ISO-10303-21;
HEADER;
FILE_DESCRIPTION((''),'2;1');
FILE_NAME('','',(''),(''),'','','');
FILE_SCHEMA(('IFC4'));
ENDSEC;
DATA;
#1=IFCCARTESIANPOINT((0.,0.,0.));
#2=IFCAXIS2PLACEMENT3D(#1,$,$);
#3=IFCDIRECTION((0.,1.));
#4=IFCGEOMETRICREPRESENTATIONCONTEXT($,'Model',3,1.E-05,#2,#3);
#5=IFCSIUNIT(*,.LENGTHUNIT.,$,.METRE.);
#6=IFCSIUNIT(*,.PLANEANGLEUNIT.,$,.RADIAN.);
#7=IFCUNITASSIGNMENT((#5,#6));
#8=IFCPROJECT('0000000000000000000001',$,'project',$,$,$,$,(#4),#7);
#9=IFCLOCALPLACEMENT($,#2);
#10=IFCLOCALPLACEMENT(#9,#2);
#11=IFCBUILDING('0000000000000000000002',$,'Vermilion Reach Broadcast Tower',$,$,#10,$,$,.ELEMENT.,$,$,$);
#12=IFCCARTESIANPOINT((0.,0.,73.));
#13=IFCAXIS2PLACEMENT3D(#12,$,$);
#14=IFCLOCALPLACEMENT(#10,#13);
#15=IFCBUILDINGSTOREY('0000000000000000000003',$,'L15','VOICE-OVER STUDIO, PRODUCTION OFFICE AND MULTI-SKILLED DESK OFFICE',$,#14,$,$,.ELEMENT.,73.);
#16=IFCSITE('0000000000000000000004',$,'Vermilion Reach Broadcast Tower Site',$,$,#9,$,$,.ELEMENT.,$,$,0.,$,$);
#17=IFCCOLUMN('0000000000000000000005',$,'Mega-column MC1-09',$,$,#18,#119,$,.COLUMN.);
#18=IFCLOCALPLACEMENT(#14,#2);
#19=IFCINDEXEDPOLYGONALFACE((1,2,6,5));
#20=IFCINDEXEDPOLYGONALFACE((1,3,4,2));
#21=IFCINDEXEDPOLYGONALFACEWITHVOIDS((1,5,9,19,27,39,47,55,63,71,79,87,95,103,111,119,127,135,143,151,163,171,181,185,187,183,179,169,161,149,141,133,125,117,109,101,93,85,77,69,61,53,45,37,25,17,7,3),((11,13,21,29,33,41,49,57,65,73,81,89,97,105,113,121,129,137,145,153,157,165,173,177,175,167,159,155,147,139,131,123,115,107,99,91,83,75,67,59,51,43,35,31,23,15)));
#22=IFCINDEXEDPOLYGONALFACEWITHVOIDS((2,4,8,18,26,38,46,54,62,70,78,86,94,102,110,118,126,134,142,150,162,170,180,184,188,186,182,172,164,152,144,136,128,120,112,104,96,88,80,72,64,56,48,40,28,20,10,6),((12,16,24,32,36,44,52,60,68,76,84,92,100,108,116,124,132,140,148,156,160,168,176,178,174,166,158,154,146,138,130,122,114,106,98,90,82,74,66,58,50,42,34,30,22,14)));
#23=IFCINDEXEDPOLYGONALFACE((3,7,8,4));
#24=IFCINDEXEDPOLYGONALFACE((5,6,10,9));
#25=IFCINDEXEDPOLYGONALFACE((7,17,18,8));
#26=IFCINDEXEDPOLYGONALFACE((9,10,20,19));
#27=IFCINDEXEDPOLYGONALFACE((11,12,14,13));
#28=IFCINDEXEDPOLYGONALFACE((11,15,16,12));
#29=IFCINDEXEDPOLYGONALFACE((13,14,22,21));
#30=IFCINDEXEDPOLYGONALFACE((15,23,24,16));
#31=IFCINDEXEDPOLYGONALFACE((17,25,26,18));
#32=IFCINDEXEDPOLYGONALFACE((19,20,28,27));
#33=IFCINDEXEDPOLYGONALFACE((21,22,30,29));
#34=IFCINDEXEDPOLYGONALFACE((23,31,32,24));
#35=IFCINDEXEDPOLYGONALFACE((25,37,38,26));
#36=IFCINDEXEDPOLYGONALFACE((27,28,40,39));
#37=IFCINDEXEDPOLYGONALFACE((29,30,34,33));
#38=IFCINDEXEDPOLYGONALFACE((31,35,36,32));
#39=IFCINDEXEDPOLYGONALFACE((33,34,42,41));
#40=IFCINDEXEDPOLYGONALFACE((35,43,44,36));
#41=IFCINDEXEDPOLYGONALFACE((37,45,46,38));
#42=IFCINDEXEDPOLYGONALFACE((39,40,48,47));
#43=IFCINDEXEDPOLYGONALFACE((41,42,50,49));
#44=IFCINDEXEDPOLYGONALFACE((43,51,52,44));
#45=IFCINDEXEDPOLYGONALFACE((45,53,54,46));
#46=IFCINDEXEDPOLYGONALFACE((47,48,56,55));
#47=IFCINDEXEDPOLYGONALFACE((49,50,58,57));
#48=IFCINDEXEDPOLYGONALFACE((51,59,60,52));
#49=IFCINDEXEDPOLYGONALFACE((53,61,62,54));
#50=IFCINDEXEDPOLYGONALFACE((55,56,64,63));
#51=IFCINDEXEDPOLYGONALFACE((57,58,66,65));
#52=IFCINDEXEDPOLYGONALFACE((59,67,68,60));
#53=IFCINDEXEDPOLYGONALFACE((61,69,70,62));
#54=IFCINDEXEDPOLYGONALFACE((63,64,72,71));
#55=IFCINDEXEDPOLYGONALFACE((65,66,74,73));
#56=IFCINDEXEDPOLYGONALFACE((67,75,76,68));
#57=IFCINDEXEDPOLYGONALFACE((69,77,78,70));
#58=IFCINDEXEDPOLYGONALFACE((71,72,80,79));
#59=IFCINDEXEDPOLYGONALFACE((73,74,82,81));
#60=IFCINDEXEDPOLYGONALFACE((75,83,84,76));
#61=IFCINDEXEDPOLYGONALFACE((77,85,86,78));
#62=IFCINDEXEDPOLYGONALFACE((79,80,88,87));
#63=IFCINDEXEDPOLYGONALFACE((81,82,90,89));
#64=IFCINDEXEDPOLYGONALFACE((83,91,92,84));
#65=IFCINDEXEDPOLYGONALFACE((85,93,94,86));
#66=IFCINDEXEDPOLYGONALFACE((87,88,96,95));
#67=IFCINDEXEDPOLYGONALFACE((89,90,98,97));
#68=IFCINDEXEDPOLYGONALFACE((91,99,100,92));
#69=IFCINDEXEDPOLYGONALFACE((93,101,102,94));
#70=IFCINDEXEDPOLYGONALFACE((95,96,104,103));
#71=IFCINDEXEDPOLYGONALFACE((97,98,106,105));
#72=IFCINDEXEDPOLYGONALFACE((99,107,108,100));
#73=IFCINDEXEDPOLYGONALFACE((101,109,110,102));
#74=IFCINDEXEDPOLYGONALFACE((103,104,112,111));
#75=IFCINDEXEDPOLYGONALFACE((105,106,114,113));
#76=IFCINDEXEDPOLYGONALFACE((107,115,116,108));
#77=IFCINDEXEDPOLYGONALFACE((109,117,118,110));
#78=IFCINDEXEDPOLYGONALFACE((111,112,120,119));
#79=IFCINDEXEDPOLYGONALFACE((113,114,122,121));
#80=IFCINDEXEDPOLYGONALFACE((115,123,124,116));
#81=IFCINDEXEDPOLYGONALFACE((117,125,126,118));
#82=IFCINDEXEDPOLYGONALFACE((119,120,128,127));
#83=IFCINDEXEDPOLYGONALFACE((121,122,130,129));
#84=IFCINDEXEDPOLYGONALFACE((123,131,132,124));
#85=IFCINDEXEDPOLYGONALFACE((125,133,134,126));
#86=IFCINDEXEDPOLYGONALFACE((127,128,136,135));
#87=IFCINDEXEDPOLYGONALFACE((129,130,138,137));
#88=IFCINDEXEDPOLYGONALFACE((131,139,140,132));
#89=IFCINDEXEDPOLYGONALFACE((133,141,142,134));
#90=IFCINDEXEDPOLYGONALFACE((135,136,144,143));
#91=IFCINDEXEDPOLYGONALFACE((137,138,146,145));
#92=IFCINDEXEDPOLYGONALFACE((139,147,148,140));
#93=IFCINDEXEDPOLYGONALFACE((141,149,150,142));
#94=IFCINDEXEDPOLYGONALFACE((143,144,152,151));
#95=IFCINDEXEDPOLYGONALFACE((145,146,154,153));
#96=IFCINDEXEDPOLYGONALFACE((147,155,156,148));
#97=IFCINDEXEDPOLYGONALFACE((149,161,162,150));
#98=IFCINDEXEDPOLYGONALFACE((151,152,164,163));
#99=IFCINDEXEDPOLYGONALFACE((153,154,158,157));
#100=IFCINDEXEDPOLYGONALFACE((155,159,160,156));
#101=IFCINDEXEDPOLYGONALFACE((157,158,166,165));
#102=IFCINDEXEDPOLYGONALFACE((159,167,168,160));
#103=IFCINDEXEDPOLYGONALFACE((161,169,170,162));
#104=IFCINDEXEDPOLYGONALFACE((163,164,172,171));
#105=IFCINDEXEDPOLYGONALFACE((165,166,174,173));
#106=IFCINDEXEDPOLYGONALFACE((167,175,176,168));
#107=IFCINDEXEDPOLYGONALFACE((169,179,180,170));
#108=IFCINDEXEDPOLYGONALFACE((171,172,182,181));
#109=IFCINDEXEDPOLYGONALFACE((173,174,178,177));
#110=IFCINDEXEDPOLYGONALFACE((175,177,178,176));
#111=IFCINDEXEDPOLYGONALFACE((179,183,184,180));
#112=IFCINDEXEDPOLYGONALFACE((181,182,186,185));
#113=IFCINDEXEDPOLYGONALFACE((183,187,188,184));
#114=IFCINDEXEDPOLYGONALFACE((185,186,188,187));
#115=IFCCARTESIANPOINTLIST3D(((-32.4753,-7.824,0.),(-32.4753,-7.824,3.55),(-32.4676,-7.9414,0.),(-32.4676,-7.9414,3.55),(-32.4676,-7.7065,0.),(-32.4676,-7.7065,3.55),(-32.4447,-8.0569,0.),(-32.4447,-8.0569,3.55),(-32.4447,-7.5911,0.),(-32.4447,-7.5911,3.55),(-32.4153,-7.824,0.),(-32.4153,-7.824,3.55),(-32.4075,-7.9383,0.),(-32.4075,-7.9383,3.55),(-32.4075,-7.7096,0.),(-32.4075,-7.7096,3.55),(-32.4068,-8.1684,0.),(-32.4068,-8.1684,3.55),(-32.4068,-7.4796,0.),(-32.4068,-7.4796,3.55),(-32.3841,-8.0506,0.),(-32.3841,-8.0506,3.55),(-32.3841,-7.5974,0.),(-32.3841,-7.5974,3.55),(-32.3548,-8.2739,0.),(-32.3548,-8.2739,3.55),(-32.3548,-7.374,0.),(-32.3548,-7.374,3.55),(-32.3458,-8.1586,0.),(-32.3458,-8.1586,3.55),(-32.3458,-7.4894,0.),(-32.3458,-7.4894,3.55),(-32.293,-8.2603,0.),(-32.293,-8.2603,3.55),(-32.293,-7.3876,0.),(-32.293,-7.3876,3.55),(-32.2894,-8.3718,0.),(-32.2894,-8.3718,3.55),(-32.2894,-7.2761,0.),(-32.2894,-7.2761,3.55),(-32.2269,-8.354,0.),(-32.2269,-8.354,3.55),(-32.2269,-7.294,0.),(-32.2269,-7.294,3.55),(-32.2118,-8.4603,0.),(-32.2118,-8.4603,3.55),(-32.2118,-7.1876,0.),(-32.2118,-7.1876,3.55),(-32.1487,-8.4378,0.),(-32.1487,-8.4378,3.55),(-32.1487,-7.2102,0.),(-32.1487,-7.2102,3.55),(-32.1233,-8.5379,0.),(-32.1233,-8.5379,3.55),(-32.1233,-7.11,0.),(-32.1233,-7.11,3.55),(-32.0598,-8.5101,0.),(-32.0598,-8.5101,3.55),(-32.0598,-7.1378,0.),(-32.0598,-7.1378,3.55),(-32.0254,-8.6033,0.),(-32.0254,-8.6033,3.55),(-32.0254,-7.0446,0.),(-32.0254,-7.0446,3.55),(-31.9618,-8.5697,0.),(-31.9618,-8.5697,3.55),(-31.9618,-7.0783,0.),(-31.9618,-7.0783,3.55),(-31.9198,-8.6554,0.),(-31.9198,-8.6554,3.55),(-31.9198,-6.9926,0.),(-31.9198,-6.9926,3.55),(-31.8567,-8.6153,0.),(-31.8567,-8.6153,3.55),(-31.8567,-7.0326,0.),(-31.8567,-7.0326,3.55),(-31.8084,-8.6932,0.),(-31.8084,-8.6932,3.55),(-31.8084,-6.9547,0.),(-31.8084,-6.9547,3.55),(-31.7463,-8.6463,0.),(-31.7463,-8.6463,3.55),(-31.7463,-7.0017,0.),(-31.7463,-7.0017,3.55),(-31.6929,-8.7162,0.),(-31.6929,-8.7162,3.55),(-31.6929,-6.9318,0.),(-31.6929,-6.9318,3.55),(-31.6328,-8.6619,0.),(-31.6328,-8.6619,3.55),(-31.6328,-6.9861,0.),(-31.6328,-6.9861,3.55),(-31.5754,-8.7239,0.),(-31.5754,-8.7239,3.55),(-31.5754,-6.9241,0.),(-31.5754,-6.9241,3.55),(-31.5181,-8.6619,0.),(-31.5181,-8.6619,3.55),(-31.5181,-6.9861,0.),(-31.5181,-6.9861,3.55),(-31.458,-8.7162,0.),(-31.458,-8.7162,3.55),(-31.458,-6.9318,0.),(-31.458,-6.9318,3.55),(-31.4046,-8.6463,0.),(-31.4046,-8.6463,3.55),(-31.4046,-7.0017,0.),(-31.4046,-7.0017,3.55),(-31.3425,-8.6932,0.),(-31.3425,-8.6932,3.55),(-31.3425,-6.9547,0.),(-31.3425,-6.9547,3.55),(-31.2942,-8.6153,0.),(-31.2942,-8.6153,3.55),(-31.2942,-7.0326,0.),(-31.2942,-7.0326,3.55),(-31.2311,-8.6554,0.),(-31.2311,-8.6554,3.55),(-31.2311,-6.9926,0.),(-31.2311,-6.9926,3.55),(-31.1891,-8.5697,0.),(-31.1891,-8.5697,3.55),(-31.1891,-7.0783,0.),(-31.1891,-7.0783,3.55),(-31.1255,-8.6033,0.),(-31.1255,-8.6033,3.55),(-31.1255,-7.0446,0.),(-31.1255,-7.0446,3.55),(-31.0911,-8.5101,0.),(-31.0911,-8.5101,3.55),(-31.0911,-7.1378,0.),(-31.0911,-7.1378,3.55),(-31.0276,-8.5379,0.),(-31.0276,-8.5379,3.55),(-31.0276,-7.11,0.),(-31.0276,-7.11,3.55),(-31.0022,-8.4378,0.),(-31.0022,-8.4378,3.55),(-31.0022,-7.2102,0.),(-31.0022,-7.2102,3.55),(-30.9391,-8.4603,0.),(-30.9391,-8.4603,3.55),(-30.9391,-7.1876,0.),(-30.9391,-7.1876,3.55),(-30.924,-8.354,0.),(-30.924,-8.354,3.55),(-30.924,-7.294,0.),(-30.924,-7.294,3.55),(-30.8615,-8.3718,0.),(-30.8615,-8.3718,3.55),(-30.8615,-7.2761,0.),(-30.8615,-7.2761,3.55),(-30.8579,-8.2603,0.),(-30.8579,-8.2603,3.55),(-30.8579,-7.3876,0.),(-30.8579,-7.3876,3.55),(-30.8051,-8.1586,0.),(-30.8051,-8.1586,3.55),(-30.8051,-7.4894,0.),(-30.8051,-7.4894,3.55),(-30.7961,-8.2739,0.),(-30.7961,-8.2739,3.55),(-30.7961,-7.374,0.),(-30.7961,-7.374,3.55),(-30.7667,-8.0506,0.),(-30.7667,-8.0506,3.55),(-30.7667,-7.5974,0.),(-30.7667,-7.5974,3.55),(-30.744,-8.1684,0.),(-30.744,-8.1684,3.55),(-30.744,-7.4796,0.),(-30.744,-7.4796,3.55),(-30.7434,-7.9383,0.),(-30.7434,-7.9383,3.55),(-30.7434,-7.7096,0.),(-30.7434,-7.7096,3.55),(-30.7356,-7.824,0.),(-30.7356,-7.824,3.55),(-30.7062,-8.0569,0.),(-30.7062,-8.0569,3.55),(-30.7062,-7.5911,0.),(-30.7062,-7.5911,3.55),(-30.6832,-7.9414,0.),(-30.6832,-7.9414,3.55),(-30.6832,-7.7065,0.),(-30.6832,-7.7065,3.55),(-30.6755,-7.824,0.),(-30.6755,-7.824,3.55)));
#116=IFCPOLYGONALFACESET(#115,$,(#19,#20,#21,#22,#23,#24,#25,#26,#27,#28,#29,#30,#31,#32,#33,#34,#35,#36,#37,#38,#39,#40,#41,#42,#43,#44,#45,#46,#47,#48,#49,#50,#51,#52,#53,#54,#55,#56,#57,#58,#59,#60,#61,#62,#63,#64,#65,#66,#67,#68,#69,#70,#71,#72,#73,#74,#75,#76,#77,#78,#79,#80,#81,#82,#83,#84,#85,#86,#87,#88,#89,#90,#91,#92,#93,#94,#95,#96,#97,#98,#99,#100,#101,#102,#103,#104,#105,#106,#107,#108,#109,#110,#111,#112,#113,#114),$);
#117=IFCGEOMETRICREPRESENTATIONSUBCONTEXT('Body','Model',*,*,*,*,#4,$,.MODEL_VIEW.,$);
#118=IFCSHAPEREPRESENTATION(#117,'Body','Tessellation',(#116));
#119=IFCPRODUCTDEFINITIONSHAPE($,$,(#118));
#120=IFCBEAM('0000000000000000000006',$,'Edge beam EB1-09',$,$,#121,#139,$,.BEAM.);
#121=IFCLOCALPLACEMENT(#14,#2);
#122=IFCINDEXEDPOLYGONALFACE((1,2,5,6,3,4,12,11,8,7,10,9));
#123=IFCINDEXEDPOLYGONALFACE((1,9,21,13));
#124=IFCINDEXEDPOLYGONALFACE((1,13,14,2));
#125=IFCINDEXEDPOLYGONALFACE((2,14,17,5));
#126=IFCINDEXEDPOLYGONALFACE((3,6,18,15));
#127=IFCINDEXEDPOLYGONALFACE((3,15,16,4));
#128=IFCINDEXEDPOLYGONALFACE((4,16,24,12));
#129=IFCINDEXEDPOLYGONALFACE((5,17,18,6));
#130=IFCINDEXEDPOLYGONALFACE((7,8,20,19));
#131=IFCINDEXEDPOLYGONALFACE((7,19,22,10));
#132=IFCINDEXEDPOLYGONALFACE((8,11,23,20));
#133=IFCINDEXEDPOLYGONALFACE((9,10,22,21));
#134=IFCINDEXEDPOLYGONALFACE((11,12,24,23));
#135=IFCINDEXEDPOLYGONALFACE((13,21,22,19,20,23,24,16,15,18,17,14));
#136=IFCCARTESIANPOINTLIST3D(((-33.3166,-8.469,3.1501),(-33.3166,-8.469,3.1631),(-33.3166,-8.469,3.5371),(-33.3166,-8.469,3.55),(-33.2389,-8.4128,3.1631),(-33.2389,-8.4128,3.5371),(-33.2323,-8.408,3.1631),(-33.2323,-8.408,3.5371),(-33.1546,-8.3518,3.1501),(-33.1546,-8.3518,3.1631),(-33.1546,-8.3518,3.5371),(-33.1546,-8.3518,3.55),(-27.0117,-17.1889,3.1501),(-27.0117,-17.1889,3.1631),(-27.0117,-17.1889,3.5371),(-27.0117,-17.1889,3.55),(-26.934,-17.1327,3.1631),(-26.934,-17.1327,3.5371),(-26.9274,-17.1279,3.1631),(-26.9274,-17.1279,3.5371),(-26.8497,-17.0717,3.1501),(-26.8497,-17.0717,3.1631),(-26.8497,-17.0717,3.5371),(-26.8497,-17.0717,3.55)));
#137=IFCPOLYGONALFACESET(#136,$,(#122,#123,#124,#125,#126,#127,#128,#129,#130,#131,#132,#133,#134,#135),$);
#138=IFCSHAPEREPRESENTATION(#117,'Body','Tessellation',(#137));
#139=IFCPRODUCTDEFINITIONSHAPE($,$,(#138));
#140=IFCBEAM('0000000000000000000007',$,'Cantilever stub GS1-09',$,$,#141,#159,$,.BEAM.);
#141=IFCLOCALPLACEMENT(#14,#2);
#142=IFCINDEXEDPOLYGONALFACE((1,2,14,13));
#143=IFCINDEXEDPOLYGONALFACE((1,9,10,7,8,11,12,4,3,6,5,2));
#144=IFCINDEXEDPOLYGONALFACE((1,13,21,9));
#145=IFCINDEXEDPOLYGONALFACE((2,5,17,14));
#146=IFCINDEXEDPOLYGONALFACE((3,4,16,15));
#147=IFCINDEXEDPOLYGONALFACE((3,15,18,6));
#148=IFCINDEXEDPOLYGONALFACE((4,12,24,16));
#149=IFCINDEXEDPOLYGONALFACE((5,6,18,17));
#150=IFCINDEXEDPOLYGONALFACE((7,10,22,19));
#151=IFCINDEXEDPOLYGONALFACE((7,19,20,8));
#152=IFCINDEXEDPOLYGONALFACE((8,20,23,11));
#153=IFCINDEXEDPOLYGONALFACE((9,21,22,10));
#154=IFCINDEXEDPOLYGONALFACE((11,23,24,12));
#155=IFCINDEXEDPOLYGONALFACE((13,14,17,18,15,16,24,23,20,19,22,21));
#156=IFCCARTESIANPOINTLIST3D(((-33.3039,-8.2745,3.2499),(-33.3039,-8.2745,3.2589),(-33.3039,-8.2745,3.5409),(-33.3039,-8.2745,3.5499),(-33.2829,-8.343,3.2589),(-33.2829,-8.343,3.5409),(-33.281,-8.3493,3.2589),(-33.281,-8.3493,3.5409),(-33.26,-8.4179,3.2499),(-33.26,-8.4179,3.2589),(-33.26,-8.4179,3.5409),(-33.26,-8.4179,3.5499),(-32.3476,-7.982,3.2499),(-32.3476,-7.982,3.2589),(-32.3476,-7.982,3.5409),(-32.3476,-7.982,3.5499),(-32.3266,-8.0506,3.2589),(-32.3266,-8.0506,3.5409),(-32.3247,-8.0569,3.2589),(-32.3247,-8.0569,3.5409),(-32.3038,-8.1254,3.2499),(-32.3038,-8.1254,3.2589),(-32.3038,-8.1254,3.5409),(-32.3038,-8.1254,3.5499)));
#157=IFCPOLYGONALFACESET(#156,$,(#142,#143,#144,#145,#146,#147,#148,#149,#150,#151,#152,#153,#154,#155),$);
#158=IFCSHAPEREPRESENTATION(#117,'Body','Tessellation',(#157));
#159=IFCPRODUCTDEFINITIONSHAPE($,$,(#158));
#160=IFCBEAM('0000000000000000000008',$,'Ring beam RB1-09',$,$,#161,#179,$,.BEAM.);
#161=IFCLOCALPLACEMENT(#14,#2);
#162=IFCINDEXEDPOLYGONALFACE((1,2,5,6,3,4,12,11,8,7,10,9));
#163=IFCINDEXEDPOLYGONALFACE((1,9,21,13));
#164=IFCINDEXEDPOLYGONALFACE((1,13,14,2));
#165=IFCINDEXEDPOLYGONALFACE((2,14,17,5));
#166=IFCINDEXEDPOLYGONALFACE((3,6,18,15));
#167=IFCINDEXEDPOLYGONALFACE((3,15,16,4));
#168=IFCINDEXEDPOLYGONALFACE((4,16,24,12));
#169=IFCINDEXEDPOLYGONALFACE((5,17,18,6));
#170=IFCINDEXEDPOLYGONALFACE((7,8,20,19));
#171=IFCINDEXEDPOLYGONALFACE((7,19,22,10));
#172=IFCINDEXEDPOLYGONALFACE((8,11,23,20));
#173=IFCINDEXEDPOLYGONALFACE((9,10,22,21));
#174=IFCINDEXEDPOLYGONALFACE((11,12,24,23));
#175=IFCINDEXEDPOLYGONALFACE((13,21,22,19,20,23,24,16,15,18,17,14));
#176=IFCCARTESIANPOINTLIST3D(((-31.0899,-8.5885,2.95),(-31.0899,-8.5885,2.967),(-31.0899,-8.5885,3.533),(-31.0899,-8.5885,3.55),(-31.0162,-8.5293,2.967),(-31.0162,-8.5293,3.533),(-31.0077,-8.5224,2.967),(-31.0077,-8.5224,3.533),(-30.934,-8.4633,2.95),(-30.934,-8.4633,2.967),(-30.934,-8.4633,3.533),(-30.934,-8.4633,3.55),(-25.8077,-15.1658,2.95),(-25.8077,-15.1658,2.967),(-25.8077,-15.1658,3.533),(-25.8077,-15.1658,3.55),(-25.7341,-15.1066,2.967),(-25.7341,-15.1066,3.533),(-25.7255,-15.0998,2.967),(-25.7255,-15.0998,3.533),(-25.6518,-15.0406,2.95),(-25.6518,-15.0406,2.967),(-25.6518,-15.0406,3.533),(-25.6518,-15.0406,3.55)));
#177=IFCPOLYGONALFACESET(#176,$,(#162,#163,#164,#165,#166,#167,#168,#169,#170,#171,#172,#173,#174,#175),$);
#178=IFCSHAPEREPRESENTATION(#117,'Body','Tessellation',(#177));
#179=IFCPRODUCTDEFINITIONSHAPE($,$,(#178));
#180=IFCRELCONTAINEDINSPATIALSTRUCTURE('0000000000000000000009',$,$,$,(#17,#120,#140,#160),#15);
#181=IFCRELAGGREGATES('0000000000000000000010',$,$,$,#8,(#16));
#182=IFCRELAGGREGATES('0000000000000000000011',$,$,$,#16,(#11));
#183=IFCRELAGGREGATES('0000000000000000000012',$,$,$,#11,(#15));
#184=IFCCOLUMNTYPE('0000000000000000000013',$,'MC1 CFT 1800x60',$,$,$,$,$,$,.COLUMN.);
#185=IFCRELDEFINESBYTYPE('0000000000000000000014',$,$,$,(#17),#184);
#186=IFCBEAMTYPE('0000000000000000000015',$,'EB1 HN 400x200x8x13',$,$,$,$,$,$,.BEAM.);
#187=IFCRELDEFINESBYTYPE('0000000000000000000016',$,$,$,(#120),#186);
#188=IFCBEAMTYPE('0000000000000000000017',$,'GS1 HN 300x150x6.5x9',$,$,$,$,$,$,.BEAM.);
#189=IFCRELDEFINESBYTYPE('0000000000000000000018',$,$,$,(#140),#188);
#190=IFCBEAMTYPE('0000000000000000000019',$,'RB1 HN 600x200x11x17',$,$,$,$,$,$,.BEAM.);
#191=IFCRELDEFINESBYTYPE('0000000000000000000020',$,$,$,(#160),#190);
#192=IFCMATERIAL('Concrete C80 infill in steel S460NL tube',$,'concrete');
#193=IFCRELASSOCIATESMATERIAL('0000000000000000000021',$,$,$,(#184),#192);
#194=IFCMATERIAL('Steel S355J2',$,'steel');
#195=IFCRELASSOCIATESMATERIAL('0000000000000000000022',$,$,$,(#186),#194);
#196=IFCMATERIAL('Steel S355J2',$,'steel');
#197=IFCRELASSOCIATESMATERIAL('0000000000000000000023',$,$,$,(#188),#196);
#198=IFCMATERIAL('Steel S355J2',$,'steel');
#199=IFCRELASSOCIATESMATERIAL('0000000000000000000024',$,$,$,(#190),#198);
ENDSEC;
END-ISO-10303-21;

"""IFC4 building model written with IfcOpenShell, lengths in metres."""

from ifc_helpers import new_model, si_unit, direction, frame, origin, origin_2d, place, context, subcontext, project, spatial, hollow_circle, i_section, extrude, material, material_profile, profile_set, type_object, element, save


model = new_model("IFC4")

# Units and contexts
model_context = context("Model", 3, precision=1e-05, world=origin(), true_north=direction((0.0, 1.0)))
body_context = subcontext(model_context, "Body", "Model", "MODEL_VIEW")
ifc_project = project(units=[si_unit("LENGTHUNIT", "METRE"), si_unit("PLANEANGLEUNIT", "RADIAN")], contexts=[model_context])

# Site, building, storey
site_placement = place(None, origin())
site = spatial("IfcSite", under=ifc_project, at=site_placement, Name="Vermilion Reach Broadcast Tower Site", CompositionType="ELEMENT", RefElevation=0.0)
building_placement = place(site_placement, origin())
building = spatial("IfcBuilding", under=site, at=building_placement, Name="Vermilion Reach Broadcast Tower", CompositionType="ELEMENT")
storey_placement = place(building_placement, frame((0.0, 0.0, 73.0)))
storey = spatial("IfcBuildingStorey", under=building, at=storey_placement, Name="L15", Description="VOICE-OVER STUDIO, PRODUCTION OFFICE AND MULTI-SKILLED DESK OFFICE", CompositionType="ELEMENT", Elevation=73.0)

# Column
ifc_material_1 = material(Name="Concrete C80 infill in steel S460NL tube", Category="concrete")
ifc_material_profile_1 = material_profile(ifc_material_1, hollow_circle(Radius=0.8999, WallThickness=0.0601, at=origin_2d()), Name="Concrete C80 infill in steel S460NL tube CFT 1800x60")
ifc_profile_set_1 = profile_set([ifc_material_profile_1], Name="Concrete C80 infill in steel S460NL tube")
column_type = type_object("IfcColumnType", Name="MC1 CFT 1800x60", PredefinedType="COLUMN", material=ifc_profile_set_1)
column_placement = place(storey_placement, frame((-31.5754, -7.824, 0.0), z_axis=(0.0, 0.0, 1.0), x_axis=(1.0, 0.0, 0.0)))
element("IfcColumn", 1, at=column_placement, inside=storey, type_object=column_type, Name="Mega-column MC1-09", PredefinedType="COLUMN", context=body_context, shape_type="SweptSolid", body=[
    extrude(hollow_circle(Radius=0.8999, WallThickness=0.0601, at=origin_2d()), origin(), (0.0, 0.0, 1.0), 3.55),
])

# Beams
ifc_material_2 = material(Name="Steel S355J2", Category="steel")
ifc_material_profile_2 = material_profile(ifc_material_2, i_section(OverallWidth=0.2, OverallDepth=0.3999, WebThickness=0.0081, FlangeThickness=0.0129, at=origin_2d()), Name="S355J2 HN 400x200x8x13")
ifc_profile_set_2 = profile_set([ifc_material_profile_2], Name="Steel S355J2")
beam_type_1 = type_object("IfcBeamType", Name="EB1 HN 400x200x8x13", PredefinedType="BEAM", material=ifc_profile_set_2)
beam_1_placement = place(storey_placement, frame((-33.2356, -8.4104, 3.3501), z_axis=(0.585929, -0.810363, 0.0), x_axis=(0.810363, 0.585929, 0.0)))
element("IfcBeam", 2, at=beam_1_placement, inside=storey, type_object=beam_type_1, Name="Edge beam EB1-09", PredefinedType="BEAM", context=body_context, shape_type="SweptSolid", body=[
    extrude(i_section(OverallWidth=0.2, OverallDepth=0.3999, WebThickness=0.0081, FlangeThickness=0.0129, at=origin_2d()), origin(), (0.0, 0.0, 1.0), 10.7605),
])
ifc_material_3 = material(Name="Steel S355J2", Category="steel")
ifc_material_profile_3 = material_profile(ifc_material_3, i_section(OverallWidth=0.1499, OverallDepth=0.3, WebThickness=0.0066, FlangeThickness=0.009, at=origin_2d()), Name="S355J2 HN 300x150x6.5x9")
ifc_profile_set_3 = profile_set([ifc_material_profile_3], Name="Steel S355J2")
beam_type_2 = type_object("IfcBeamType", Name="GS1 HN 300x150x6.5x9", PredefinedType="BEAM", material=ifc_profile_set_3)
beam_2_placement = place(storey_placement, frame((-32.3257, -8.0537, 3.3999), z_axis=(-0.956274, -0.292473, 0.0), x_axis=(0.292473, -0.956274, 0.0)))
element("IfcBeam", 3, at=beam_2_placement, inside=storey, type_object=beam_type_2, Name="Cantilever stub GS1-09", PredefinedType="BEAM", context=body_context, shape_type="SweptSolid", body=[
    extrude(i_section(OverallWidth=0.1499, OverallDepth=0.3, WebThickness=0.0066, FlangeThickness=0.009, at=origin_2d()), origin(), (0.0, 0.0, 1.0), 1.0),
])
ifc_material_4 = material(Name="Steel S355J2", Category="steel")
ifc_material_profile_4 = material_profile(ifc_material_4, i_section(OverallWidth=0.2, OverallDepth=0.6001, WebThickness=0.011, FlangeThickness=0.0171, at=origin_2d()), Name="S355J2 HN 600x200x11x17")
ifc_profile_set_4 = profile_set([ifc_material_profile_4], Name="Steel S355J2")
beam_type_3 = type_object("IfcBeamType", Name="RB1 HN 600x200x11x17", PredefinedType="BEAM", material=ifc_profile_set_4)
beam_3_placement = place(storey_placement, frame((-31.012, -8.5259, 3.25), z_axis=(0.626162, -0.779693, 0.0), x_axis=(0.779693, 0.626162, 0.0)))
element("IfcBeam", 4, at=beam_3_placement, inside=storey, type_object=beam_type_3, Name="Ring beam RB1-09", PredefinedType="BEAM", context=body_context, shape_type="SweptSolid", body=[
    extrude(i_section(OverallWidth=0.2, OverallDepth=0.6001, WebThickness=0.011, FlangeThickness=0.0171, at=origin_2d()), origin(), (0.0, 0.0, 1.0), 8.4358),
])

save(model, "model.ifc")
